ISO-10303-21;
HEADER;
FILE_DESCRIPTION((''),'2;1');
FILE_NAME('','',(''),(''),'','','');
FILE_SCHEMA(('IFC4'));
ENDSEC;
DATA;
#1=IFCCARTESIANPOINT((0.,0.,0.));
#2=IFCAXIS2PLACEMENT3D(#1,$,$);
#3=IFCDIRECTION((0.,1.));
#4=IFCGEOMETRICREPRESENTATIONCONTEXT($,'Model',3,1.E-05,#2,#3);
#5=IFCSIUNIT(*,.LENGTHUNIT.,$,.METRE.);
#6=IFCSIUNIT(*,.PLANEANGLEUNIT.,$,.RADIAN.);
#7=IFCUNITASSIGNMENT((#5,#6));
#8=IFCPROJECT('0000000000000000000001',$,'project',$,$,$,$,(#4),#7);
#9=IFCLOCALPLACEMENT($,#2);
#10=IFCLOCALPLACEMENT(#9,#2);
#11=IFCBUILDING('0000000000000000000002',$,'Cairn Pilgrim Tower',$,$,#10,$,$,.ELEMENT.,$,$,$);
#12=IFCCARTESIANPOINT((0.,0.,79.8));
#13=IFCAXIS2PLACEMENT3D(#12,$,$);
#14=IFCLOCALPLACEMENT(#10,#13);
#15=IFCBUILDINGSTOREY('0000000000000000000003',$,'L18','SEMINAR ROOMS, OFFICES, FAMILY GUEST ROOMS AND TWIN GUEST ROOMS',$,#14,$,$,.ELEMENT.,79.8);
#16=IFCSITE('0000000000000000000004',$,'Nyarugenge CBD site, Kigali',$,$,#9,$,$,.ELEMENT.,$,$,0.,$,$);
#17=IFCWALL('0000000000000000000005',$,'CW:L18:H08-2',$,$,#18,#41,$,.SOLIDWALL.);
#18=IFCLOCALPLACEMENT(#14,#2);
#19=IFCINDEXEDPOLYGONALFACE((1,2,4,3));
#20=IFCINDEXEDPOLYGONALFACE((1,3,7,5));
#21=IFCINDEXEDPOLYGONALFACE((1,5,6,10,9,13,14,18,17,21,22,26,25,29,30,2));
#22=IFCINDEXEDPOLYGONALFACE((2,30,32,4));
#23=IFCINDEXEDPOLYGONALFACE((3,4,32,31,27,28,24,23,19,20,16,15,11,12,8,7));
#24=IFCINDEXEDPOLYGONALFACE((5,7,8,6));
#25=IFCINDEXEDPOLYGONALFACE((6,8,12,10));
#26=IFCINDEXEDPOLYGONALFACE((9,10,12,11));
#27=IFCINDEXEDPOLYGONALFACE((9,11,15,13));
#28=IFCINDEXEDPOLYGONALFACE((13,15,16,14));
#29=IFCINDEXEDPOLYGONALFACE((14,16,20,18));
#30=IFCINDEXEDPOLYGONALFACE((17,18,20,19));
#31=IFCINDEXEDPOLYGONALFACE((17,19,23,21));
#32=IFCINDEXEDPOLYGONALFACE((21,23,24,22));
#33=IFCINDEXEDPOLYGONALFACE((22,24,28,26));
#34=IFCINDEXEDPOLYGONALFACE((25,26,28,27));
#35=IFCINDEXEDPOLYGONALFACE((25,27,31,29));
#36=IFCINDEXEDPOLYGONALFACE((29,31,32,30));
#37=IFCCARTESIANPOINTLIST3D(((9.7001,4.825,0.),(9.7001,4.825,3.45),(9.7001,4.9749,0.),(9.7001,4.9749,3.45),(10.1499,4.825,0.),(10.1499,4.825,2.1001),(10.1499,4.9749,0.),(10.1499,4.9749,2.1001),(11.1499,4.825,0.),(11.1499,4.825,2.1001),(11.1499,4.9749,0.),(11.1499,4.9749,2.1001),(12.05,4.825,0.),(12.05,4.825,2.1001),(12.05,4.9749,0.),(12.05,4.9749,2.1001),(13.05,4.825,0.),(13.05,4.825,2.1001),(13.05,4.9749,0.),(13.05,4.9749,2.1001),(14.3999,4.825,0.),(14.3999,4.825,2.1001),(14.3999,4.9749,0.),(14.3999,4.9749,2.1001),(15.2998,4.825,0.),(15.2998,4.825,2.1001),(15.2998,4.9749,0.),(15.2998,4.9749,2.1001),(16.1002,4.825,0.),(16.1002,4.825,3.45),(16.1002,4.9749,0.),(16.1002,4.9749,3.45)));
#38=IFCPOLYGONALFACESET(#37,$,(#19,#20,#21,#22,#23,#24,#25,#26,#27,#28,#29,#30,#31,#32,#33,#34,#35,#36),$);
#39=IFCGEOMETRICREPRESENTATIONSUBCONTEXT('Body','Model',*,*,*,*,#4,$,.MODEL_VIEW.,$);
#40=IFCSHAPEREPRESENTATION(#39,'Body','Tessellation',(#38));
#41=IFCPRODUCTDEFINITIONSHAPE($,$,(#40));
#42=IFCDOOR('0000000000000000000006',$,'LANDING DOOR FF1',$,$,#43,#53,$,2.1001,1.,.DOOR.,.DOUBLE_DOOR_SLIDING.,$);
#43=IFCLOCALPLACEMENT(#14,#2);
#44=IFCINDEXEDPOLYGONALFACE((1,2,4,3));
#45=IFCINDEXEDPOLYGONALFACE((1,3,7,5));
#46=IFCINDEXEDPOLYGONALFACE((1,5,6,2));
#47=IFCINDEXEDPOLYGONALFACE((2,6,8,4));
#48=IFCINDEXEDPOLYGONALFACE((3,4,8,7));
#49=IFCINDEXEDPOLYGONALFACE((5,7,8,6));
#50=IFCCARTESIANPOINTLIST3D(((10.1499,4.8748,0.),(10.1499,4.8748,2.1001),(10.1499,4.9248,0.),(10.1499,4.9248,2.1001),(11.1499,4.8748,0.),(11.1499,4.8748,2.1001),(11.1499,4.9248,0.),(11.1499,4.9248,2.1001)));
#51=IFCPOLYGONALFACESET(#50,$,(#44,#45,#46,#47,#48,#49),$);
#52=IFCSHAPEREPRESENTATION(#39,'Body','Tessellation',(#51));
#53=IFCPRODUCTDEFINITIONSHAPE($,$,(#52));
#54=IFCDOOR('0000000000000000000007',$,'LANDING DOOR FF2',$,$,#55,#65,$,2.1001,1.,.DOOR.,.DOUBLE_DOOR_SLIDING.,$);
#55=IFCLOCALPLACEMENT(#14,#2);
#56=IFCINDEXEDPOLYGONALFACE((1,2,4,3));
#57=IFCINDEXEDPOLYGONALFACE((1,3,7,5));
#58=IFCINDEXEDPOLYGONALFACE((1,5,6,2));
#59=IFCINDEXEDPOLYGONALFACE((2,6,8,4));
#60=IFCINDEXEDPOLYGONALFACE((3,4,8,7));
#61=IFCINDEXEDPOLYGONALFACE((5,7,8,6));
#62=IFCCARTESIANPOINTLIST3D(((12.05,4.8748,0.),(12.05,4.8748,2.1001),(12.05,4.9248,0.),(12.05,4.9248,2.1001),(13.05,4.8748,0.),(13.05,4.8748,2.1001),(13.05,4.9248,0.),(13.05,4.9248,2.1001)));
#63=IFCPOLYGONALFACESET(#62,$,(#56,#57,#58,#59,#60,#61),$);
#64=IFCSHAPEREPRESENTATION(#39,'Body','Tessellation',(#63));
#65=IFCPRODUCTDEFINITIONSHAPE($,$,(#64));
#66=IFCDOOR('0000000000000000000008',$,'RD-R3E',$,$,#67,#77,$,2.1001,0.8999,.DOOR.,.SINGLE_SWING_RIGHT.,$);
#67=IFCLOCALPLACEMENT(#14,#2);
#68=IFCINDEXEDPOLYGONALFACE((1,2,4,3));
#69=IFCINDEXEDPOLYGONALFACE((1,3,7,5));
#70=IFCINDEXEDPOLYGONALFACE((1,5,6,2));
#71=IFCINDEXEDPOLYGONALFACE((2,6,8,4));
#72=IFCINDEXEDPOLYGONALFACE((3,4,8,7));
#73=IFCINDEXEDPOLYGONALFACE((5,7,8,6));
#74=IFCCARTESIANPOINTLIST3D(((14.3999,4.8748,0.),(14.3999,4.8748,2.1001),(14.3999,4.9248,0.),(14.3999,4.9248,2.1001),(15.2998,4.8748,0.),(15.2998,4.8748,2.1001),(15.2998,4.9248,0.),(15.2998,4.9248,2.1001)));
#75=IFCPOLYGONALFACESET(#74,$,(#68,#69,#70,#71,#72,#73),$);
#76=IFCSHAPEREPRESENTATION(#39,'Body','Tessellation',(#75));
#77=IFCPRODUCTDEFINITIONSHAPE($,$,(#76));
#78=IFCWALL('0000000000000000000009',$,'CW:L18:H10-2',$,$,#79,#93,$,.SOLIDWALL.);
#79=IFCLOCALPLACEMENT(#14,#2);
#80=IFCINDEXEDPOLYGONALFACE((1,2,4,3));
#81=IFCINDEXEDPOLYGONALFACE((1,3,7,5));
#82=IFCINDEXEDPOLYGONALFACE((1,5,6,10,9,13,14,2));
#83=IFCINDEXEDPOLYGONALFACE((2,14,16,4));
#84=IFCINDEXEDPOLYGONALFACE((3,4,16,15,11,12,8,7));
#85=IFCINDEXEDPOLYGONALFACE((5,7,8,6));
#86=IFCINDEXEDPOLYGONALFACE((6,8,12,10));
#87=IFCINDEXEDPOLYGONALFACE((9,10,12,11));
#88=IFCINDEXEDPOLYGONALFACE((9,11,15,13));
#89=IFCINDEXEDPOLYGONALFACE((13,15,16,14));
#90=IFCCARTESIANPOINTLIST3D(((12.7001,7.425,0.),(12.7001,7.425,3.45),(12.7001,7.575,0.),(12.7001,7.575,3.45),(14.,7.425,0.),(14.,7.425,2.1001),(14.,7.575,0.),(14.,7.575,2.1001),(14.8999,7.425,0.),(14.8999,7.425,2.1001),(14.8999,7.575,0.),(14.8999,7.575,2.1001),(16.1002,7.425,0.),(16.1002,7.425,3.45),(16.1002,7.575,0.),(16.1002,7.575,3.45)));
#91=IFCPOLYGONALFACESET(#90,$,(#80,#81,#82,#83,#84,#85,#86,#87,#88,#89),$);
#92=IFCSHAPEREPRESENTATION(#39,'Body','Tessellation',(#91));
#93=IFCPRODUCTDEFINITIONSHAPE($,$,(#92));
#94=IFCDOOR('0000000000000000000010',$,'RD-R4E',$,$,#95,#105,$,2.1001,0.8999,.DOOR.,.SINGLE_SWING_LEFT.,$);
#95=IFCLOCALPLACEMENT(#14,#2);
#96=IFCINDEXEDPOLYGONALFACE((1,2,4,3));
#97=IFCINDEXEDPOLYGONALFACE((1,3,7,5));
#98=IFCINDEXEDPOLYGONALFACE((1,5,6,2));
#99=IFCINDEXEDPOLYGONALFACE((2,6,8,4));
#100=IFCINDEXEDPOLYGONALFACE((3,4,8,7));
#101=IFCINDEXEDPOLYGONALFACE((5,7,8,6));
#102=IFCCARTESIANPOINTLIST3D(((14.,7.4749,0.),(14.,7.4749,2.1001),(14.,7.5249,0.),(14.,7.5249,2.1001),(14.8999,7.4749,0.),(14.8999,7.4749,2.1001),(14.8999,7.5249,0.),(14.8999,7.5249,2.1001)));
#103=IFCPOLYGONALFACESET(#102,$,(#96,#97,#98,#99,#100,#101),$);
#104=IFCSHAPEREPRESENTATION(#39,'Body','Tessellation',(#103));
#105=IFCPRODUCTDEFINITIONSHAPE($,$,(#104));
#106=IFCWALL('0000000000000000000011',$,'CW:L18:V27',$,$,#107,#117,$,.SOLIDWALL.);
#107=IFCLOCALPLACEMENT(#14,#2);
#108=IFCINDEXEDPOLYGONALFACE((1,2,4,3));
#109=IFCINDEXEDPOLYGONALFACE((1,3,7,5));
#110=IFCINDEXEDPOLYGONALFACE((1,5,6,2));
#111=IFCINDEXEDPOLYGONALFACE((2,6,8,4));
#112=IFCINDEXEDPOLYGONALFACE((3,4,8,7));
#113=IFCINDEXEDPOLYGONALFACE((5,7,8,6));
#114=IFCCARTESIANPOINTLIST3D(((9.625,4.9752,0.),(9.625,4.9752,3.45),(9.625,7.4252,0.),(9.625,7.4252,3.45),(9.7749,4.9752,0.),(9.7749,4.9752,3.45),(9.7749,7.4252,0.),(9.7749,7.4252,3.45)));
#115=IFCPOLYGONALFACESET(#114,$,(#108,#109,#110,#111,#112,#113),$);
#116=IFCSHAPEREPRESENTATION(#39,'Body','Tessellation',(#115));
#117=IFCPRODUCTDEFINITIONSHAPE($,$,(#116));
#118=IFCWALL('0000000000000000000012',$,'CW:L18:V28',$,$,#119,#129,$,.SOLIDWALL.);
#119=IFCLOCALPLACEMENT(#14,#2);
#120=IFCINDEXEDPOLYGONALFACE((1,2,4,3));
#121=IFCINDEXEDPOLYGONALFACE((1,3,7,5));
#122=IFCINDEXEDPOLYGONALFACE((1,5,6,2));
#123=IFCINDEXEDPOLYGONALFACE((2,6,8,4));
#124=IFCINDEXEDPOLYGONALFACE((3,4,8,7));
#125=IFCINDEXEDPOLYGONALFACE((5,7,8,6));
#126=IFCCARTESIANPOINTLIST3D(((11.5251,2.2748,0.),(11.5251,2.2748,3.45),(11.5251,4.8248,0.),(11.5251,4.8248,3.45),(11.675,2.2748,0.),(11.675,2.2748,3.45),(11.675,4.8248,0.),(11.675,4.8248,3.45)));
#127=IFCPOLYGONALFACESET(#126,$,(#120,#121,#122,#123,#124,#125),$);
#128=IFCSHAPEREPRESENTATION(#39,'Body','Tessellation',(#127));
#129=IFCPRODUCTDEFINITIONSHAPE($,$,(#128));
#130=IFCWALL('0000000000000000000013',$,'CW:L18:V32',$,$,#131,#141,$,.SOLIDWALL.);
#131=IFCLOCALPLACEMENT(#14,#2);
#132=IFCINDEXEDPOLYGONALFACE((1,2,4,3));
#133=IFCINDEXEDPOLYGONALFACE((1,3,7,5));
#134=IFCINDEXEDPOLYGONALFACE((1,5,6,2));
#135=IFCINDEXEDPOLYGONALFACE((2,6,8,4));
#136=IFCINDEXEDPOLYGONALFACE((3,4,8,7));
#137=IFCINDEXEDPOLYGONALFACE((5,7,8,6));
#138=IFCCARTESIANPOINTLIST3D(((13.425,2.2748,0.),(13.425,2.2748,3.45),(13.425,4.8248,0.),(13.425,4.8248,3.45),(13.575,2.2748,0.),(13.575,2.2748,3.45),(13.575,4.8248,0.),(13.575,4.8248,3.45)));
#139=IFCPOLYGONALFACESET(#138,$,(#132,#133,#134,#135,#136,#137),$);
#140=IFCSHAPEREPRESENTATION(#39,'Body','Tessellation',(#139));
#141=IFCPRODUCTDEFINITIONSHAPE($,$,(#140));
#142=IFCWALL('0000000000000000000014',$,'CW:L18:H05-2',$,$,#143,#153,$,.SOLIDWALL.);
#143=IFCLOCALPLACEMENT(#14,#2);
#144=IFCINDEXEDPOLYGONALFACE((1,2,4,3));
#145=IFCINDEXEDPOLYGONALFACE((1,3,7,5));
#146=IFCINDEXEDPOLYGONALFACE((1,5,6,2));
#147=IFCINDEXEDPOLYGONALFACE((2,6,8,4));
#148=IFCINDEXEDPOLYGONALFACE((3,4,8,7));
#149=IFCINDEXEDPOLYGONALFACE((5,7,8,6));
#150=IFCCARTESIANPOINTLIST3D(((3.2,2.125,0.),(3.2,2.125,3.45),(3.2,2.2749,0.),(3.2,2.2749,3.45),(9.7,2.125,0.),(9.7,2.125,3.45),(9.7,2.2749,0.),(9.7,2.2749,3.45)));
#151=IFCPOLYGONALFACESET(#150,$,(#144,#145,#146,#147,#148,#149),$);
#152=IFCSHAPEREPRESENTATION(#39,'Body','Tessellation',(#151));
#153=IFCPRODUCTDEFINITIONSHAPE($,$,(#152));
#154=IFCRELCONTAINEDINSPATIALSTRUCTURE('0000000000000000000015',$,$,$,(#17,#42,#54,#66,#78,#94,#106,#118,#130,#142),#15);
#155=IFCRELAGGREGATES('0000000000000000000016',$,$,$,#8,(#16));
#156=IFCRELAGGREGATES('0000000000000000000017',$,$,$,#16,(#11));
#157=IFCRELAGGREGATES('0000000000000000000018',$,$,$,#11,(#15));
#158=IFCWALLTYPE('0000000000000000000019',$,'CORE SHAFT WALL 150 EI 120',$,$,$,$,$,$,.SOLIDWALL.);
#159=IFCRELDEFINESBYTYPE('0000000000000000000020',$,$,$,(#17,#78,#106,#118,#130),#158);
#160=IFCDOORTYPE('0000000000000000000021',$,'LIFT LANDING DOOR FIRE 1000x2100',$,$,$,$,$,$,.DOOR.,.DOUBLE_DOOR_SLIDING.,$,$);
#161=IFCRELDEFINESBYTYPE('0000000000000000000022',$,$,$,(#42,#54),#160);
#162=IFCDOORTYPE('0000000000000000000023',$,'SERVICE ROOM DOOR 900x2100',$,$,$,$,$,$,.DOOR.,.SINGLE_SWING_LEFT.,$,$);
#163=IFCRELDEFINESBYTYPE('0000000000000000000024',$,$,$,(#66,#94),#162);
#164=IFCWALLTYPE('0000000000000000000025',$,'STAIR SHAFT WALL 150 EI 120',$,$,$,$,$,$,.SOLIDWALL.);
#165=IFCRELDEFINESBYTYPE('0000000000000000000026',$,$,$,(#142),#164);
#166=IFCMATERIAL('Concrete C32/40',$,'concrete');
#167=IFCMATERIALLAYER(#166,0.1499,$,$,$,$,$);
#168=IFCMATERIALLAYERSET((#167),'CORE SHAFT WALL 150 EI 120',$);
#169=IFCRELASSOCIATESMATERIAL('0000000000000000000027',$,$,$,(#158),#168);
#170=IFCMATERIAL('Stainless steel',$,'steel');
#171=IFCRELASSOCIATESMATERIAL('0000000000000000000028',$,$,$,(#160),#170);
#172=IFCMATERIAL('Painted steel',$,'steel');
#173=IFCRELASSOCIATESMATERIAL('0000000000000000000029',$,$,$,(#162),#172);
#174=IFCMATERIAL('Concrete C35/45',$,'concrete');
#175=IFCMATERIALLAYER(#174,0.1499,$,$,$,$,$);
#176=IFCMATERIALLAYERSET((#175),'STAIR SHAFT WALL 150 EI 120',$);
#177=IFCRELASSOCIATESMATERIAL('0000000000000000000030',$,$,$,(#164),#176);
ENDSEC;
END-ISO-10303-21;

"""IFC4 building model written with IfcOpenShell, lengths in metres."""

from ifc_helpers import new_model, si_unit, direction, frame, frame_2d, origin, place, context, subcontext, project, spatial, rectangle, extrude, material, layer, layer_set, type_object, element, fill, save


model = new_model("IFC4")

# Units and contexts
model_context = context("Model", 3, precision=1e-05, world=origin(), true_north=direction((0.0, 1.0)))
body_context = subcontext(model_context, "Body", "Model", "MODEL_VIEW")
ifc_project = project(units=[si_unit("LENGTHUNIT", "METRE"), si_unit("PLANEANGLEUNIT", "RADIAN")], contexts=[model_context])

# Site, building, storey
site_placement = place(None, origin())
site = spatial("IfcSite", under=ifc_project, at=site_placement, Name="Nyarugenge CBD site, Kigali", CompositionType="ELEMENT", RefElevation=0.0)
building_placement = place(site_placement, origin())
building = spatial("IfcBuilding", under=site, at=building_placement, Name="Cairn Pilgrim Tower", CompositionType="ELEMENT")
storey_placement = place(building_placement, frame((0.0, 0.0, 79.8)))
storey = spatial("IfcBuildingStorey", under=building, at=storey_placement, Name="L18", Description="SEMINAR ROOMS, OFFICES, FAMILY GUEST ROOMS AND TWIN GUEST ROOMS", CompositionType="ELEMENT", Elevation=79.8)

# Shared definitions
ifc_material_1 = material(Name="Concrete C32/40", Category="concrete")
ifc_layer_1 = layer(ifc_material_1, 0.1499)
ifc_layer_set_1 = layer_set([ifc_layer_1], Name="CORE SHAFT WALL 150 EI 120")
wall_type_1 = type_object("IfcWallType", Name="CORE SHAFT WALL 150 EI 120", PredefinedType="SOLIDWALL", material=ifc_layer_set_1)

# Wall, openings, doors
wall_1_placement = place(storey_placement, frame((9.7, 4.8999, 0.0), z_axis=(0.0, 0.0, 1.0), x_axis=(1.0, 0.0, 0.0)))
wall_1 = element("IfcWall", 1, at=wall_1_placement, inside=storey, type_object=wall_type_1, Name="CW:L18:H08-2", PredefinedType="SOLIDWALL", context=body_context, shape_type="SweptSolid", body=[
    extrude(rectangle(XDim=6.4001, YDim=0.1499, at=frame_2d((3.2002, 0.0))), origin(), (0.0, 0.0, 1.0), 3.45),
])
opening_1_placement = place(wall_1_placement, frame((0.45, 0.0, 0.0)))
opening_1 = element("IfcOpeningElement", 2, at=opening_1_placement, cuts=wall_1, PredefinedType="OPENING", context=body_context, shape_type="SweptSolid", body=[
    extrude(rectangle(XDim=1.0, YDim=2.1001, at=frame_2d((0.5, 1.05))), frame((0.0, 0.085, 0.0), z_axis=(0.0, -1.0, 0.0), x_axis=(1.0, 0.0, 0.0)), (0.0, 0.0, 1.0), 0.1699),
])
opening_2_placement = place(wall_1_placement, frame((2.3501, 0.0, 0.0)))
opening_2 = element("IfcOpeningElement", 3, at=opening_2_placement, cuts=wall_1, PredefinedType="OPENING", context=body_context, shape_type="SweptSolid", body=[
    extrude(rectangle(XDim=1.0, YDim=2.1001, at=frame_2d((0.5, 1.05))), frame((0.0, 0.085, 0.0), z_axis=(0.0, -1.0, 0.0), x_axis=(1.0, 0.0, 0.0)), (0.0, 0.0, 1.0), 0.1699),
])
opening_3_placement = place(wall_1_placement, frame((4.7, 0.0, 0.0)))
opening_3 = element("IfcOpeningElement", 4, at=opening_3_placement, cuts=wall_1, PredefinedType="OPENING", context=body_context, shape_type="SweptSolid", body=[
    extrude(rectangle(XDim=0.8999, YDim=2.1001, at=frame_2d((0.45, 1.05))), frame((0.0, 0.085, 0.0), z_axis=(0.0, -1.0, 0.0), x_axis=(1.0, 0.0, 0.0)), (0.0, 0.0, 1.0), 0.1699),
])
ifc_material_2 = material(Name="Stainless steel", Category="steel")
door_type_1 = type_object("IfcDoorType", Name="LIFT LANDING DOOR FIRE 1000x2100", OperationType="DOUBLE_DOOR_SLIDING", PredefinedType="DOOR", material=ifc_material_2)
door_1_placement = place(opening_1_placement, origin())
door_1 = element("IfcDoor", 5, at=door_1_placement, inside=storey, type_object=door_type_1, Name="LANDING DOOR FF1", OperationType="DOUBLE_DOOR_SLIDING", OverallHeight=2.1001, OverallWidth=1.0, PredefinedType="DOOR", context=body_context, shape_type="SweptSolid", body=[
    extrude(rectangle(XDim=1.0, YDim=2.1001, at=frame_2d((0.5, 1.05))), frame((0.0, 0.0249, 0.0), z_axis=(0.0, -1.0, 0.0), x_axis=(1.0, 0.0, 0.0)), (0.0, 0.0, 1.0), 0.05),
])
fill(opening_1, door_1)
door_2_placement = place(opening_2_placement, origin())
door_2 = element("IfcDoor", 6, at=door_2_placement, inside=storey, type_object=door_type_1, Name="LANDING DOOR FF2", OperationType="DOUBLE_DOOR_SLIDING", OverallHeight=2.1001, OverallWidth=1.0, PredefinedType="DOOR", context=body_context, shape_type="SweptSolid", body=[
    extrude(rectangle(XDim=1.0, YDim=2.1001, at=frame_2d((0.5, 1.05))), frame((0.0, 0.0249, 0.0), z_axis=(0.0, -1.0, 0.0), x_axis=(1.0, 0.0, 0.0)), (0.0, 0.0, 1.0), 0.05),
])
fill(opening_2, door_2)
ifc_material_3 = material(Name="Painted steel", Category="steel")
door_type_2 = type_object("IfcDoorType", Name="SERVICE ROOM DOOR 900x2100", OperationType="SINGLE_SWING_LEFT", PredefinedType="DOOR", material=ifc_material_3)
door_3_placement = place(opening_3_placement, origin())
door_3 = element("IfcDoor", 7, at=door_3_placement, inside=storey, type_object=door_type_2, Name="RD-R3E", OperationType="SINGLE_SWING_RIGHT", OverallHeight=2.1001, OverallWidth=0.8999, PredefinedType="DOOR", context=body_context, shape_type="SweptSolid", body=[
    extrude(rectangle(XDim=0.8999, YDim=2.1001, at=frame_2d((0.45, 1.05))), frame((0.0, 0.0249, 0.0), z_axis=(0.0, -1.0, 0.0), x_axis=(1.0, 0.0, 0.0)), (0.0, 0.0, 1.0), 0.05),
])
fill(opening_3, door_3)

# Wall, opening, door
wall_2_placement = place(storey_placement, frame((12.7, 7.5, 0.0), z_axis=(0.0, 0.0, 1.0), x_axis=(1.0, 0.0, 0.0)))
wall_2 = element("IfcWall", 8, at=wall_2_placement, inside=storey, type_object=wall_type_1, Name="CW:L18:H10-2", PredefinedType="SOLIDWALL", context=body_context, shape_type="SweptSolid", body=[
    extrude(rectangle(XDim=3.4001, YDim=0.1499, at=frame_2d((1.7002, 0.0))), origin(), (0.0, 0.0, 1.0), 3.45),
])
opening_4_placement = place(wall_2_placement, frame((1.3, 0.0, 0.0)))
opening_4 = element("IfcOpeningElement", 9, at=opening_4_placement, cuts=wall_2, PredefinedType="OPENING", context=body_context, shape_type="SweptSolid", body=[
    extrude(rectangle(XDim=0.8999, YDim=2.1001, at=frame_2d((0.45, 1.05))), frame((0.0, 0.085, 0.0), z_axis=(0.0, -1.0, 0.0), x_axis=(1.0, 0.0, 0.0)), (0.0, 0.0, 1.0), 0.1699),
])
door_4_placement = place(opening_4_placement, origin())
door_4 = element("IfcDoor", 10, at=door_4_placement, inside=storey, type_object=door_type_2, Name="RD-R4E", OperationType="SINGLE_SWING_LEFT", OverallHeight=2.1001, OverallWidth=0.8999, PredefinedType="DOOR", context=body_context, shape_type="SweptSolid", body=[
    extrude(rectangle(XDim=0.8999, YDim=2.1001, at=frame_2d((0.45, 1.05))), frame((0.0, 0.0249, 0.0), z_axis=(0.0, -1.0, 0.0), x_axis=(1.0, 0.0, 0.0)), (0.0, 0.0, 1.0), 0.05),
])
fill(opening_4, door_4)

# Walls
wall_3_placement = place(storey_placement, frame((9.7, 4.9751, 0.0), z_axis=(0.0, 0.0, 1.0), x_axis=(0.0, 1.0, 0.0)))
element("IfcWall", 11, at=wall_3_placement, inside=storey, type_object=wall_type_1, Name="CW:L18:V27", PredefinedType="SOLIDWALL", context=body_context, shape_type="SweptSolid", body=[
    extrude(rectangle(XDim=2.45, YDim=0.1499, at=frame_2d((1.2251, 0.0))), origin(), (0.0, 0.0, 1.0), 3.45),
])
for number, where, z_axis, x_axis, name in (
    (12, (11.6001, 2.2749, 0.0), (0.0, 0.0, 1.0), (0.0, 1.0, 0.0), "CW:L18:V28"),
    (13, (13.5, 2.2749, 0.0), (0.0, 0.0, 1.0), (0.0, 1.0, 0.0), "CW:L18:V32"),
):
    element("IfcWall", number, at=place(storey_placement, frame(where, z_axis=z_axis, x_axis=x_axis)), inside=storey, type_object=wall_type_1, Name=name, PredefinedType="SOLIDWALL", context=body_context, shape_type="SweptSolid", body=[
        extrude(rectangle(XDim=2.55, YDim=0.1499, at=frame_2d((1.2749, 0.0))), origin(), (0.0, 0.0, 1.0), 3.45),
    ])
ifc_material_4 = material(Name="Concrete C35/45", Category="concrete")
ifc_layer_2 = layer(ifc_material_4, 0.1499)
ifc_layer_set_2 = layer_set([ifc_layer_2], Name="STAIR SHAFT WALL 150 EI 120")
wall_type_2 = type_object("IfcWallType", Name="STAIR SHAFT WALL 150 EI 120", PredefinedType="SOLIDWALL", material=ifc_layer_set_2)
wall_4_placement = place(storey_placement, frame((3.2, 2.2, 0.0), z_axis=(0.0, 0.0, 1.0), x_axis=(1.0, 0.0, 0.0)))
element("IfcWall", 14, at=wall_4_placement, inside=storey, type_object=wall_type_2, Name="CW:L18:H05-2", PredefinedType="SOLIDWALL", context=body_context, shape_type="SweptSolid", body=[
    extrude(rectangle(XDim=6.5, YDim=0.1499, at=frame_2d((3.25, 0.0))), origin(), (0.0, 0.0, 1.0), 3.45),
])

save(model, "model.ifc")
